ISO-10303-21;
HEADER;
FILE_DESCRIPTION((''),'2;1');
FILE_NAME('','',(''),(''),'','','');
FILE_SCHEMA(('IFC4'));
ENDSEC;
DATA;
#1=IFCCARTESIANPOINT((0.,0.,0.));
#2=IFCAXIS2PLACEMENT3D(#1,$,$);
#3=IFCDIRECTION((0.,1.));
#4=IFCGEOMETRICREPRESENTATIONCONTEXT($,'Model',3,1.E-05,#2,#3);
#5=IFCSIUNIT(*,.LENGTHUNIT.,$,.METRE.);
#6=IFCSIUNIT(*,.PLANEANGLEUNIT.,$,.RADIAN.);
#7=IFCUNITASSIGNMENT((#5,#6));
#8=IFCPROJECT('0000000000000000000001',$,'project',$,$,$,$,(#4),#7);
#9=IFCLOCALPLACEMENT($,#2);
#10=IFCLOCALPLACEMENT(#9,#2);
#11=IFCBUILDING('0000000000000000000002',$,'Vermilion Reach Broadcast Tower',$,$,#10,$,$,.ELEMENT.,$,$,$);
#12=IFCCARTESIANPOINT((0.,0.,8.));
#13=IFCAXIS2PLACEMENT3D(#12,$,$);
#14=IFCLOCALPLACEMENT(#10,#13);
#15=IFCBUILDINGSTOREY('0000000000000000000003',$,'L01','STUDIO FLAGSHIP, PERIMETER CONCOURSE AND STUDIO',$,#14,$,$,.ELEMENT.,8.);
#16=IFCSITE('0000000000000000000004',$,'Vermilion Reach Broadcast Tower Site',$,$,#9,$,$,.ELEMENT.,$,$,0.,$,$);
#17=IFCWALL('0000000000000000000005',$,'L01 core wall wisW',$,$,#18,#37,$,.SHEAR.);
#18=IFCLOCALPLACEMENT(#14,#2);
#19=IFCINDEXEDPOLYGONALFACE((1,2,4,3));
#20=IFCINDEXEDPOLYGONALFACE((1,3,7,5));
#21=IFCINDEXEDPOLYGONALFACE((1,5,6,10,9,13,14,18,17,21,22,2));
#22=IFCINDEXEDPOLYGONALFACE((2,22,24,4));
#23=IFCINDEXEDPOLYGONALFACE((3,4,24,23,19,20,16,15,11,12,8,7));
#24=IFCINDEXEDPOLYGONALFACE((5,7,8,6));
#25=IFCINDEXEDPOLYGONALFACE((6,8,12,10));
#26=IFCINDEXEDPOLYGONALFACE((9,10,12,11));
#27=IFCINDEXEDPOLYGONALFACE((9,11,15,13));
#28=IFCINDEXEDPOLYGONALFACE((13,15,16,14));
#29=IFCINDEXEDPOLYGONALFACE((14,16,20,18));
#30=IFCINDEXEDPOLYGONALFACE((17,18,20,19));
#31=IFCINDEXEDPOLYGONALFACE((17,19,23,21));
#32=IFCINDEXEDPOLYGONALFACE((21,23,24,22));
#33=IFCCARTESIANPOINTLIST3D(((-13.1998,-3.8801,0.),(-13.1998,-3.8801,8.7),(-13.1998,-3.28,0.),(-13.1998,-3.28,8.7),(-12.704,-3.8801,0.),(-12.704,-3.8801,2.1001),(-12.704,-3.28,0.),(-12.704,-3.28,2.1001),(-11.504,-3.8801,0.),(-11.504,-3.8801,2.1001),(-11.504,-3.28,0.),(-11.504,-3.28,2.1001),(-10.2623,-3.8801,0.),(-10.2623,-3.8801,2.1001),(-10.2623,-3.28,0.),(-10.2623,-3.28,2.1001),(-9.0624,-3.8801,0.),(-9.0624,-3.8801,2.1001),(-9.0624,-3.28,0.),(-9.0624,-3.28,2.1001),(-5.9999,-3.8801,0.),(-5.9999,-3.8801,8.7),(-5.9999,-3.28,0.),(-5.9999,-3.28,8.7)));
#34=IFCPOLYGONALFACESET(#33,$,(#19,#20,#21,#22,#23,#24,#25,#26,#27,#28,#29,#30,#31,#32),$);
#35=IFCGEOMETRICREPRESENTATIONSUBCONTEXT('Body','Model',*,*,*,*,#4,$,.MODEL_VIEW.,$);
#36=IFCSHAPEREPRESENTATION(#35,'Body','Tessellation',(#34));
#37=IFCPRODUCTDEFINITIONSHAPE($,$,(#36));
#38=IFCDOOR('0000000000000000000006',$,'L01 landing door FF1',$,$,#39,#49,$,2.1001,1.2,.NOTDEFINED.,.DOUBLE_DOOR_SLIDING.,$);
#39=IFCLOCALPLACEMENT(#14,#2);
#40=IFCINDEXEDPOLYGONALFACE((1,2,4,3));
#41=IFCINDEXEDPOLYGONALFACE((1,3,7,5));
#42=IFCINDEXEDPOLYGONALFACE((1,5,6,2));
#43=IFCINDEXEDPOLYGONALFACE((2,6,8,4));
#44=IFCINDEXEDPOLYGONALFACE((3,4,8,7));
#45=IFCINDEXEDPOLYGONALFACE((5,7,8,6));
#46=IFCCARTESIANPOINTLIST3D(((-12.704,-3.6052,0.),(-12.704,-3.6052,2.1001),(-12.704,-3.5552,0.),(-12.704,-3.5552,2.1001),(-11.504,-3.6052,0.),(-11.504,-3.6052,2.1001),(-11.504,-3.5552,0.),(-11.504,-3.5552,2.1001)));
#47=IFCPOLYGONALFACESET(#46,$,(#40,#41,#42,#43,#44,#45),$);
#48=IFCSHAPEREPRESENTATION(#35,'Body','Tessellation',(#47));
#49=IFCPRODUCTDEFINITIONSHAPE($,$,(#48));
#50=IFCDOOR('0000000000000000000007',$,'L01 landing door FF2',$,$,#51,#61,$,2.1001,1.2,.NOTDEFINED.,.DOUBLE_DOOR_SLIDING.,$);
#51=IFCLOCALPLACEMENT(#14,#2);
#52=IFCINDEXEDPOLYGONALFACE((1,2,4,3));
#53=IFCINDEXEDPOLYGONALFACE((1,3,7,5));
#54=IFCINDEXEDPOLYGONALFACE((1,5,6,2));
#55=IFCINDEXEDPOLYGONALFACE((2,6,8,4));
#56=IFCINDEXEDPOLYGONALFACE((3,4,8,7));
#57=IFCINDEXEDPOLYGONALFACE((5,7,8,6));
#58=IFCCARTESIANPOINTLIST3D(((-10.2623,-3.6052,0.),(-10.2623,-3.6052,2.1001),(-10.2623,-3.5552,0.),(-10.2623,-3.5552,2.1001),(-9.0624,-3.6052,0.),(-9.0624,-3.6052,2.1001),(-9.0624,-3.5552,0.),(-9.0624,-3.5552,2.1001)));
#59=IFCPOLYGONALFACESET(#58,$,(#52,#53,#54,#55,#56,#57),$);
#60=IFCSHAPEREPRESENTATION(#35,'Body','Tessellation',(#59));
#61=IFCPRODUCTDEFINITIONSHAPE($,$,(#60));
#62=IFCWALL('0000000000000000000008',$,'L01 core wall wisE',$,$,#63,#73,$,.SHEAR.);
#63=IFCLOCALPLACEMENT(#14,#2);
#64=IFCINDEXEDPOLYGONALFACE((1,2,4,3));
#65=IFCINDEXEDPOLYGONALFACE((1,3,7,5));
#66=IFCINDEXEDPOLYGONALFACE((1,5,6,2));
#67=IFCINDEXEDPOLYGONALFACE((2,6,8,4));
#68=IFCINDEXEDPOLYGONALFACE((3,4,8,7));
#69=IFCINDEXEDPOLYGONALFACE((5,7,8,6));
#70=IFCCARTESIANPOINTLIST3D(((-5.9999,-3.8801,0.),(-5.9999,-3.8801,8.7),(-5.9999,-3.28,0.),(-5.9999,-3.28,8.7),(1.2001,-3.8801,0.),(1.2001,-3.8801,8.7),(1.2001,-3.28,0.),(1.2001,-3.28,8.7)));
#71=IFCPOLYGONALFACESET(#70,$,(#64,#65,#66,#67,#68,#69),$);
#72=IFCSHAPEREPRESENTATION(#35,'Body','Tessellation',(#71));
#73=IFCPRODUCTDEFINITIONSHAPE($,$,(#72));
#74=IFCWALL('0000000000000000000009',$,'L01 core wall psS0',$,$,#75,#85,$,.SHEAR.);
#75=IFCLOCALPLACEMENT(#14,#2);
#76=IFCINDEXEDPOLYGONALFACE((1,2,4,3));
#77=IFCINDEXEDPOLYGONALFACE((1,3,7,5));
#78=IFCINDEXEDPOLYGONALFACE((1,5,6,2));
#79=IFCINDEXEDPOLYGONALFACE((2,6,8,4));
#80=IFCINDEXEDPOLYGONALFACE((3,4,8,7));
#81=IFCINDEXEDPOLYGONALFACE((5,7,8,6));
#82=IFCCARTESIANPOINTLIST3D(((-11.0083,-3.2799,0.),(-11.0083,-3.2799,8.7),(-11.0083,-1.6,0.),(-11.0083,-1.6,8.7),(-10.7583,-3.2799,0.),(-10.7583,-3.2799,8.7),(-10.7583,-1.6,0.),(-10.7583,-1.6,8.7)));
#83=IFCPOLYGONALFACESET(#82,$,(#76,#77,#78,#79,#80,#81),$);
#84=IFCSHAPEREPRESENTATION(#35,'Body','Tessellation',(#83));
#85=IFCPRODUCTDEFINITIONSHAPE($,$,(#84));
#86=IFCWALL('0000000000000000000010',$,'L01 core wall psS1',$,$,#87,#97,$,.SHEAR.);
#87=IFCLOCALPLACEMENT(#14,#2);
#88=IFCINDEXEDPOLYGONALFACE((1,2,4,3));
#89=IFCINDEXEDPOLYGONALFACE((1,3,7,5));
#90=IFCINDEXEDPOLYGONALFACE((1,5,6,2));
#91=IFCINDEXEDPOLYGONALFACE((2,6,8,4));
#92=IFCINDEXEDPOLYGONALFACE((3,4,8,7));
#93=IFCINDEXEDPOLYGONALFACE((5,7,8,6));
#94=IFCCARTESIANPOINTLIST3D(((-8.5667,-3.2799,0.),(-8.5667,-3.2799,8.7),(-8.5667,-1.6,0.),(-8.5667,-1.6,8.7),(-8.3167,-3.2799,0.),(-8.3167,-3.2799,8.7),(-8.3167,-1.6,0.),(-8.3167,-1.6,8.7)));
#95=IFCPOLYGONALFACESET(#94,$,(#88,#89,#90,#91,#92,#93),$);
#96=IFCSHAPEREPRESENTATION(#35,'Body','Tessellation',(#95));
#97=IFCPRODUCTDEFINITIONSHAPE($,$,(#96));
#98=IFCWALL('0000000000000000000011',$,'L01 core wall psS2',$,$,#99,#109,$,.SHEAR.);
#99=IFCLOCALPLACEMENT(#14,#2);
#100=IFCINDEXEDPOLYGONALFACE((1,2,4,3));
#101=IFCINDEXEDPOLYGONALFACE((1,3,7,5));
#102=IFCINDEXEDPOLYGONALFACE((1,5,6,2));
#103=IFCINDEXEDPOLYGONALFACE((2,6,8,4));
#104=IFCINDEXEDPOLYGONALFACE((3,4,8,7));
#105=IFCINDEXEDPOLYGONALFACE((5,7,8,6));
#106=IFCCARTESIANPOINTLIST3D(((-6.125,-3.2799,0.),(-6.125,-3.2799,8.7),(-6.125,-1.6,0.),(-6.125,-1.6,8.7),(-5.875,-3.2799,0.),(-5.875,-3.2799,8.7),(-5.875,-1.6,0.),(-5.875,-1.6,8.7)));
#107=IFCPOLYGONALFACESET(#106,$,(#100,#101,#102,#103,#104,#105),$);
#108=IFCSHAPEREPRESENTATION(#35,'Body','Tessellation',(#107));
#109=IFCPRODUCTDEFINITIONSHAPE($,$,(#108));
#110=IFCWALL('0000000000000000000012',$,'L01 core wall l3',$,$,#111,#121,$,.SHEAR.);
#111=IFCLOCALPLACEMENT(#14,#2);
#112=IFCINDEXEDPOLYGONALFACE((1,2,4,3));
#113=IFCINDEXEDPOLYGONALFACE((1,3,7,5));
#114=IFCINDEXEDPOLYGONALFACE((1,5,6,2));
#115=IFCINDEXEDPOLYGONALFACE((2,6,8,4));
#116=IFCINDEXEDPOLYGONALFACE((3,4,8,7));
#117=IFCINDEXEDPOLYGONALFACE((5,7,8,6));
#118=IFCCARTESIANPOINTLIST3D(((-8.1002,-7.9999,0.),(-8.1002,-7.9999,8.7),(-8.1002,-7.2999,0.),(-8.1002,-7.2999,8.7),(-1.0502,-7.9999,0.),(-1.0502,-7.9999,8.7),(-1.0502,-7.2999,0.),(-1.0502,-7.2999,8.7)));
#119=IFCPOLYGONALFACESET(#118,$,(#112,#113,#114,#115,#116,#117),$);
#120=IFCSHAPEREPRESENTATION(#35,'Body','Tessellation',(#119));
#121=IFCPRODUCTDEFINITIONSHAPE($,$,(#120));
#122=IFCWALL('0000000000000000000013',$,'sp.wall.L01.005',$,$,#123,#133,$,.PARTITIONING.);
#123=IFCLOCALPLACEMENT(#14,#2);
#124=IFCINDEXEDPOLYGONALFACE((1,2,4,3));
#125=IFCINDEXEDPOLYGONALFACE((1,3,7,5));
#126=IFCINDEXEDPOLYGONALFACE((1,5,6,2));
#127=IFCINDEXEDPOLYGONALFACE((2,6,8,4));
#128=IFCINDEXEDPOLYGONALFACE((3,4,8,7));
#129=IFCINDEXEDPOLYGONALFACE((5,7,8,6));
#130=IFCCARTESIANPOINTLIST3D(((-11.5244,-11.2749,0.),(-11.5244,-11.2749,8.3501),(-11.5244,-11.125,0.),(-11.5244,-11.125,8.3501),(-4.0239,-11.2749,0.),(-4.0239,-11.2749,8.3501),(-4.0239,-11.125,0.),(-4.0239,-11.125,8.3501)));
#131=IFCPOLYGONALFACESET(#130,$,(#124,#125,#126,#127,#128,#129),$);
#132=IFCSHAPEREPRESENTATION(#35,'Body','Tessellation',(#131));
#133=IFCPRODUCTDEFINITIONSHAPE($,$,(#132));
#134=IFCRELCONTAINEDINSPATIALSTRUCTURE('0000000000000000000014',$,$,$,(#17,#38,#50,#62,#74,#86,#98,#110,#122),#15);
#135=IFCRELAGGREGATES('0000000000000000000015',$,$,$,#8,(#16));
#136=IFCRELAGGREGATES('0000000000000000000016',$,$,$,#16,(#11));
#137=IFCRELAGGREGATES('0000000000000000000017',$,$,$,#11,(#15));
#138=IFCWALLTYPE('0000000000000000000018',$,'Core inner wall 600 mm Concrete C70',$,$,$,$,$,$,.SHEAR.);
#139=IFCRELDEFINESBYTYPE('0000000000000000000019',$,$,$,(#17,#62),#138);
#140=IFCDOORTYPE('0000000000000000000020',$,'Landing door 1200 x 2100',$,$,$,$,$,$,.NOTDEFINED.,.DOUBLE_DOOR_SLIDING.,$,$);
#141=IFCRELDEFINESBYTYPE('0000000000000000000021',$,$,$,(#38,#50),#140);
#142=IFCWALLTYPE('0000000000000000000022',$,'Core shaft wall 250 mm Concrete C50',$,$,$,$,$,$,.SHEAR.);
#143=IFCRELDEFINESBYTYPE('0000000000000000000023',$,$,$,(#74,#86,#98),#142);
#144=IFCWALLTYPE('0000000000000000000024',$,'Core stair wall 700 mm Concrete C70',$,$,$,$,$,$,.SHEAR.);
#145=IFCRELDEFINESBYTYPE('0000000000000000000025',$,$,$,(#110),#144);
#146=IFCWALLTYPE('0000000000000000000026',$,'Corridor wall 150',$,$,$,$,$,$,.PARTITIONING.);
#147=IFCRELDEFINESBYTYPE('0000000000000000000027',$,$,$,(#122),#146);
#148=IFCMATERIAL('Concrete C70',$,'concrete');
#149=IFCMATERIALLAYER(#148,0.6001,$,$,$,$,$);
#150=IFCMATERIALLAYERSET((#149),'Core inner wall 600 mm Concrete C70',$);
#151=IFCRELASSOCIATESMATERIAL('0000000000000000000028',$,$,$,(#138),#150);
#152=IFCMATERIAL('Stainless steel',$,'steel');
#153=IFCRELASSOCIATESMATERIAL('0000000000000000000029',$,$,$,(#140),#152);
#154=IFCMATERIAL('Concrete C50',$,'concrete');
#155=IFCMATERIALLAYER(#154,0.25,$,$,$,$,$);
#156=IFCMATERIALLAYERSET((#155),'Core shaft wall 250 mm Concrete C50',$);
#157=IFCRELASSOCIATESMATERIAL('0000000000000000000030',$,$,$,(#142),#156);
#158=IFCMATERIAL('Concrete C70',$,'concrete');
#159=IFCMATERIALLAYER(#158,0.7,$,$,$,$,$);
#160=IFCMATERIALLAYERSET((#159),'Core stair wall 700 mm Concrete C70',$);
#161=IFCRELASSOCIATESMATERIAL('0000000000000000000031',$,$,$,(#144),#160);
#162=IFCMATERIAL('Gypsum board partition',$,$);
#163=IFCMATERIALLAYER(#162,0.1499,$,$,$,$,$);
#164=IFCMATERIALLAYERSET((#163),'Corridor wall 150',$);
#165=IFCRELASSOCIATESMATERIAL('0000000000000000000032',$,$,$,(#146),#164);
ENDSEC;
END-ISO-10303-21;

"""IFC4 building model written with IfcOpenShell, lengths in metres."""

from ifc_helpers import new_model, si_unit, direction, frame, frame_2d, origin, place, context, subcontext, project, spatial, rectangle, extrude, material, layer, layer_set, type_object, element, fill, save


model = new_model("IFC4")

# Units and contexts
model_context = context("Model", 3, precision=1e-05, world=origin(), true_north=direction((0.0, 1.0)))
body_context = subcontext(model_context, "Body", "Model", "MODEL_VIEW")
ifc_project = project(units=[si_unit("LENGTHUNIT", "METRE"), si_unit("PLANEANGLEUNIT", "RADIAN")], contexts=[model_context])

# Site, building, storey
site_placement = place(None, origin())
site = spatial("IfcSite", under=ifc_project, at=site_placement, Name="Vermilion Reach Broadcast Tower Site", CompositionType="ELEMENT", RefElevation=0.0)
building_placement = place(site_placement, origin())
building = spatial("IfcBuilding", under=site, at=building_placement, Name="Vermilion Reach Broadcast Tower", CompositionType="ELEMENT")
storey_placement = place(building_placement, frame((0.0, 0.0, 8.0)))
storey = spatial("IfcBuildingStorey", under=building, at=storey_placement, Name="L01", Description="STUDIO FLAGSHIP, PERIMETER CONCOURSE AND STUDIO", CompositionType="ELEMENT", Elevation=8.0)

# Wall, openings, doors
ifc_material_1 = material(Name="Concrete C70", Category="concrete")
ifc_layer_1 = layer(ifc_material_1, 0.6001)
ifc_layer_set_1 = layer_set([ifc_layer_1], Name="Core inner wall 600 mm Concrete C70")
wall_type_1 = type_object("IfcWallType", Name="Core inner wall 600 mm Concrete C70", PredefinedType="SHEAR", material=ifc_layer_set_1)
wall_1_placement = place(storey_placement, frame((-13.2, -3.5801, 0.0), z_axis=(0.0, 0.0, 1.0), x_axis=(1.0, 0.0, 0.0)))
wall_1 = element("IfcWall", 1, at=wall_1_placement, inside=storey, type_object=wall_type_1, Name="L01 core wall wisW", PredefinedType="SHEAR", context=body_context, shape_type="SweptSolid", body=[
    extrude(rectangle(XDim=7.2, YDim=0.6001, at=frame_2d((3.6001, 0.0))), origin(), (0.0, 0.0, 1.0), 8.7),
])
opening_1_placement = place(wall_1_placement, frame((0.4958, 0.0, 0.0)))
opening_1 = element("IfcOpeningElement", 2, at=opening_1_placement, cuts=wall_1, PredefinedType="OPENING", context=body_context, shape_type="SweptSolid", body=[
    extrude(rectangle(XDim=1.2, YDim=2.1001, at=frame_2d((0.6001, 1.05))), frame((0.0, 0.3101, 0.0), z_axis=(0.0, -1.0, 0.0), x_axis=(1.0, 0.0, 0.0)), (0.0, 0.0, 1.0), 0.6201),
])
opening_2_placement = place(wall_1_placement, frame((2.9375, 0.0, 0.0)))
opening_2 = element("IfcOpeningElement", 3, at=opening_2_placement, cuts=wall_1, PredefinedType="OPENING", context=body_context, shape_type="SweptSolid", body=[
    extrude(rectangle(XDim=1.2, YDim=2.1001, at=frame_2d((0.6001, 1.05))), frame((0.0, 0.3101, 0.0), z_axis=(0.0, -1.0, 0.0), x_axis=(1.0, 0.0, 0.0)), (0.0, 0.0, 1.0), 0.6201),
])
ifc_material_2 = material(Name="Stainless steel", Category="steel")
door_type_1 = type_object("IfcDoorType", Name="Landing door 1200 x 2100", OperationType="DOUBLE_DOOR_SLIDING", PredefinedType="NOTDEFINED", material=ifc_material_2)
door_1_placement = place(opening_1_placement, origin())
door_1 = element("IfcDoor", 4, at=door_1_placement, inside=storey, type_object=door_type_1, Name="L01 landing door FF1", OperationType="DOUBLE_DOOR_SLIDING", OverallHeight=2.1001, OverallWidth=1.2, PredefinedType="NOTDEFINED", context=body_context, shape_type="SweptSolid", body=[
    extrude(rectangle(XDim=1.2, YDim=2.1001, at=frame_2d((0.6001, 1.05))), frame((0.0, 0.0249, 0.0), z_axis=(0.0, -1.0, 0.0), x_axis=(1.0, 0.0, 0.0)), (0.0, 0.0, 1.0), 0.05),
])
fill(opening_1, door_1)
door_2_placement = place(opening_2_placement, origin())
door_2 = element("IfcDoor", 5, at=door_2_placement, inside=storey, type_object=door_type_1, Name="L01 landing door FF2", OperationType="DOUBLE_DOOR_SLIDING", OverallHeight=2.1001, OverallWidth=1.2, PredefinedType="NOTDEFINED", context=body_context, shape_type="SweptSolid", body=[
    extrude(rectangle(XDim=1.2, YDim=2.1001, at=frame_2d((0.6001, 1.05))), frame((0.0, 0.0249, 0.0), z_axis=(0.0, -1.0, 0.0), x_axis=(1.0, 0.0, 0.0)), (0.0, 0.0, 1.0), 0.05),
])
fill(opening_2, door_2)

# Walls
wall_2_placement = place(storey_placement, frame((-6.0, -3.5801, 0.0), z_axis=(0.0, 0.0, 1.0), x_axis=(1.0, 0.0, 0.0)))
element("IfcWall", 6, at=wall_2_placement, inside=storey, type_object=wall_type_1, Name="L01 core wall wisE", PredefinedType="SHEAR", context=body_context, shape_type="SweptSolid", body=[
    extrude(rectangle(XDim=7.2, YDim=0.6001, at=frame_2d((3.6001, 0.0))), origin(), (0.0, 0.0, 1.0), 8.7),
])
ifc_material_3 = material(Name="Concrete C50", Category="concrete")
ifc_layer_2 = layer(ifc_material_3, 0.25)
ifc_layer_set_2 = layer_set([ifc_layer_2], Name="Core shaft wall 250 mm Concrete C50")
wall_type_2 = type_object("IfcWallType", Name="Core shaft wall 250 mm Concrete C50", PredefinedType="SHEAR", material=ifc_layer_set_2)
for number, where, z_axis, x_axis, name in (
    (7, (-10.8833, -1.6001, 0.0), (0.0, 0.0, 1.0), (0.0, -1.0, 0.0), "L01 core wall psS0"),
    (8, (-8.4417, -1.6001, 0.0), (0.0, 0.0, 1.0), (0.0, -1.0, 0.0), "L01 core wall psS1"),
    (9, (-6.0, -1.6001, 0.0), (0.0, 0.0, 1.0), (0.0, -1.0, 0.0), "L01 core wall psS2"),
):
    element("IfcWall", number, at=place(storey_placement, frame(where, z_axis=z_axis, x_axis=x_axis)), inside=storey, type_object=wall_type_2, Name=name, PredefinedType="SHEAR", context=body_context, shape_type="SweptSolid", body=[
        extrude(rectangle(XDim=1.6799, YDim=0.25, at=frame_2d((0.8398, 0.0))), origin(), (0.0, 0.0, 1.0), 8.7),
    ])
ifc_material_4 = material(Name="Concrete C70", Category="concrete")
ifc_layer_3 = layer(ifc_material_4, 0.7)
ifc_layer_set_3 = layer_set([ifc_layer_3], Name="Core stair wall 700 mm Concrete C70")
wall_type_3 = type_object("IfcWallType", Name="Core stair wall 700 mm Concrete C70", PredefinedType="SHEAR", material=ifc_layer_set_3)
wall_3_placement = place(storey_placement, frame((-8.1001, -7.6499, 0.0), z_axis=(0.0, 0.0, 1.0), x_axis=(1.0, 0.0, 0.0)))
element("IfcWall", 10, at=wall_3_placement, inside=storey, type_object=wall_type_3, Name="L01 core wall l3", PredefinedType="SHEAR", context=body_context, shape_type="SweptSolid", body=[
    extrude(rectangle(XDim=7.05, YDim=0.7, at=frame_2d((3.5249, 0.0))), origin(), (0.0, 0.0, 1.0), 8.7),
])
ifc_material_5 = material(Name="Gypsum board partition")
ifc_layer_4 = layer(ifc_material_5, 0.1499)
ifc_layer_set_4 = layer_set([ifc_layer_4], Name="Corridor wall 150")
wall_type_4 = type_object("IfcWallType", Name="Corridor wall 150", PredefinedType="PARTITIONING", material=ifc_layer_set_4)
wall_4_placement = place(storey_placement, frame((-11.5244, -11.2, 0.0), z_axis=(0.0, 0.0, 1.0), x_axis=(1.0, 0.0, 0.0)))
element("IfcWall", 11, at=wall_4_placement, inside=storey, type_object=wall_type_4, Name="sp.wall.L01.005", PredefinedType="PARTITIONING", context=body_context, shape_type="SweptSolid", body=[
    extrude(rectangle(XDim=7.5005, YDim=0.1499, at=frame_2d((3.7502, 0.0))), origin(), (0.0, 0.0, 1.0), 8.3501),
])

save(model, "model.ifc")
